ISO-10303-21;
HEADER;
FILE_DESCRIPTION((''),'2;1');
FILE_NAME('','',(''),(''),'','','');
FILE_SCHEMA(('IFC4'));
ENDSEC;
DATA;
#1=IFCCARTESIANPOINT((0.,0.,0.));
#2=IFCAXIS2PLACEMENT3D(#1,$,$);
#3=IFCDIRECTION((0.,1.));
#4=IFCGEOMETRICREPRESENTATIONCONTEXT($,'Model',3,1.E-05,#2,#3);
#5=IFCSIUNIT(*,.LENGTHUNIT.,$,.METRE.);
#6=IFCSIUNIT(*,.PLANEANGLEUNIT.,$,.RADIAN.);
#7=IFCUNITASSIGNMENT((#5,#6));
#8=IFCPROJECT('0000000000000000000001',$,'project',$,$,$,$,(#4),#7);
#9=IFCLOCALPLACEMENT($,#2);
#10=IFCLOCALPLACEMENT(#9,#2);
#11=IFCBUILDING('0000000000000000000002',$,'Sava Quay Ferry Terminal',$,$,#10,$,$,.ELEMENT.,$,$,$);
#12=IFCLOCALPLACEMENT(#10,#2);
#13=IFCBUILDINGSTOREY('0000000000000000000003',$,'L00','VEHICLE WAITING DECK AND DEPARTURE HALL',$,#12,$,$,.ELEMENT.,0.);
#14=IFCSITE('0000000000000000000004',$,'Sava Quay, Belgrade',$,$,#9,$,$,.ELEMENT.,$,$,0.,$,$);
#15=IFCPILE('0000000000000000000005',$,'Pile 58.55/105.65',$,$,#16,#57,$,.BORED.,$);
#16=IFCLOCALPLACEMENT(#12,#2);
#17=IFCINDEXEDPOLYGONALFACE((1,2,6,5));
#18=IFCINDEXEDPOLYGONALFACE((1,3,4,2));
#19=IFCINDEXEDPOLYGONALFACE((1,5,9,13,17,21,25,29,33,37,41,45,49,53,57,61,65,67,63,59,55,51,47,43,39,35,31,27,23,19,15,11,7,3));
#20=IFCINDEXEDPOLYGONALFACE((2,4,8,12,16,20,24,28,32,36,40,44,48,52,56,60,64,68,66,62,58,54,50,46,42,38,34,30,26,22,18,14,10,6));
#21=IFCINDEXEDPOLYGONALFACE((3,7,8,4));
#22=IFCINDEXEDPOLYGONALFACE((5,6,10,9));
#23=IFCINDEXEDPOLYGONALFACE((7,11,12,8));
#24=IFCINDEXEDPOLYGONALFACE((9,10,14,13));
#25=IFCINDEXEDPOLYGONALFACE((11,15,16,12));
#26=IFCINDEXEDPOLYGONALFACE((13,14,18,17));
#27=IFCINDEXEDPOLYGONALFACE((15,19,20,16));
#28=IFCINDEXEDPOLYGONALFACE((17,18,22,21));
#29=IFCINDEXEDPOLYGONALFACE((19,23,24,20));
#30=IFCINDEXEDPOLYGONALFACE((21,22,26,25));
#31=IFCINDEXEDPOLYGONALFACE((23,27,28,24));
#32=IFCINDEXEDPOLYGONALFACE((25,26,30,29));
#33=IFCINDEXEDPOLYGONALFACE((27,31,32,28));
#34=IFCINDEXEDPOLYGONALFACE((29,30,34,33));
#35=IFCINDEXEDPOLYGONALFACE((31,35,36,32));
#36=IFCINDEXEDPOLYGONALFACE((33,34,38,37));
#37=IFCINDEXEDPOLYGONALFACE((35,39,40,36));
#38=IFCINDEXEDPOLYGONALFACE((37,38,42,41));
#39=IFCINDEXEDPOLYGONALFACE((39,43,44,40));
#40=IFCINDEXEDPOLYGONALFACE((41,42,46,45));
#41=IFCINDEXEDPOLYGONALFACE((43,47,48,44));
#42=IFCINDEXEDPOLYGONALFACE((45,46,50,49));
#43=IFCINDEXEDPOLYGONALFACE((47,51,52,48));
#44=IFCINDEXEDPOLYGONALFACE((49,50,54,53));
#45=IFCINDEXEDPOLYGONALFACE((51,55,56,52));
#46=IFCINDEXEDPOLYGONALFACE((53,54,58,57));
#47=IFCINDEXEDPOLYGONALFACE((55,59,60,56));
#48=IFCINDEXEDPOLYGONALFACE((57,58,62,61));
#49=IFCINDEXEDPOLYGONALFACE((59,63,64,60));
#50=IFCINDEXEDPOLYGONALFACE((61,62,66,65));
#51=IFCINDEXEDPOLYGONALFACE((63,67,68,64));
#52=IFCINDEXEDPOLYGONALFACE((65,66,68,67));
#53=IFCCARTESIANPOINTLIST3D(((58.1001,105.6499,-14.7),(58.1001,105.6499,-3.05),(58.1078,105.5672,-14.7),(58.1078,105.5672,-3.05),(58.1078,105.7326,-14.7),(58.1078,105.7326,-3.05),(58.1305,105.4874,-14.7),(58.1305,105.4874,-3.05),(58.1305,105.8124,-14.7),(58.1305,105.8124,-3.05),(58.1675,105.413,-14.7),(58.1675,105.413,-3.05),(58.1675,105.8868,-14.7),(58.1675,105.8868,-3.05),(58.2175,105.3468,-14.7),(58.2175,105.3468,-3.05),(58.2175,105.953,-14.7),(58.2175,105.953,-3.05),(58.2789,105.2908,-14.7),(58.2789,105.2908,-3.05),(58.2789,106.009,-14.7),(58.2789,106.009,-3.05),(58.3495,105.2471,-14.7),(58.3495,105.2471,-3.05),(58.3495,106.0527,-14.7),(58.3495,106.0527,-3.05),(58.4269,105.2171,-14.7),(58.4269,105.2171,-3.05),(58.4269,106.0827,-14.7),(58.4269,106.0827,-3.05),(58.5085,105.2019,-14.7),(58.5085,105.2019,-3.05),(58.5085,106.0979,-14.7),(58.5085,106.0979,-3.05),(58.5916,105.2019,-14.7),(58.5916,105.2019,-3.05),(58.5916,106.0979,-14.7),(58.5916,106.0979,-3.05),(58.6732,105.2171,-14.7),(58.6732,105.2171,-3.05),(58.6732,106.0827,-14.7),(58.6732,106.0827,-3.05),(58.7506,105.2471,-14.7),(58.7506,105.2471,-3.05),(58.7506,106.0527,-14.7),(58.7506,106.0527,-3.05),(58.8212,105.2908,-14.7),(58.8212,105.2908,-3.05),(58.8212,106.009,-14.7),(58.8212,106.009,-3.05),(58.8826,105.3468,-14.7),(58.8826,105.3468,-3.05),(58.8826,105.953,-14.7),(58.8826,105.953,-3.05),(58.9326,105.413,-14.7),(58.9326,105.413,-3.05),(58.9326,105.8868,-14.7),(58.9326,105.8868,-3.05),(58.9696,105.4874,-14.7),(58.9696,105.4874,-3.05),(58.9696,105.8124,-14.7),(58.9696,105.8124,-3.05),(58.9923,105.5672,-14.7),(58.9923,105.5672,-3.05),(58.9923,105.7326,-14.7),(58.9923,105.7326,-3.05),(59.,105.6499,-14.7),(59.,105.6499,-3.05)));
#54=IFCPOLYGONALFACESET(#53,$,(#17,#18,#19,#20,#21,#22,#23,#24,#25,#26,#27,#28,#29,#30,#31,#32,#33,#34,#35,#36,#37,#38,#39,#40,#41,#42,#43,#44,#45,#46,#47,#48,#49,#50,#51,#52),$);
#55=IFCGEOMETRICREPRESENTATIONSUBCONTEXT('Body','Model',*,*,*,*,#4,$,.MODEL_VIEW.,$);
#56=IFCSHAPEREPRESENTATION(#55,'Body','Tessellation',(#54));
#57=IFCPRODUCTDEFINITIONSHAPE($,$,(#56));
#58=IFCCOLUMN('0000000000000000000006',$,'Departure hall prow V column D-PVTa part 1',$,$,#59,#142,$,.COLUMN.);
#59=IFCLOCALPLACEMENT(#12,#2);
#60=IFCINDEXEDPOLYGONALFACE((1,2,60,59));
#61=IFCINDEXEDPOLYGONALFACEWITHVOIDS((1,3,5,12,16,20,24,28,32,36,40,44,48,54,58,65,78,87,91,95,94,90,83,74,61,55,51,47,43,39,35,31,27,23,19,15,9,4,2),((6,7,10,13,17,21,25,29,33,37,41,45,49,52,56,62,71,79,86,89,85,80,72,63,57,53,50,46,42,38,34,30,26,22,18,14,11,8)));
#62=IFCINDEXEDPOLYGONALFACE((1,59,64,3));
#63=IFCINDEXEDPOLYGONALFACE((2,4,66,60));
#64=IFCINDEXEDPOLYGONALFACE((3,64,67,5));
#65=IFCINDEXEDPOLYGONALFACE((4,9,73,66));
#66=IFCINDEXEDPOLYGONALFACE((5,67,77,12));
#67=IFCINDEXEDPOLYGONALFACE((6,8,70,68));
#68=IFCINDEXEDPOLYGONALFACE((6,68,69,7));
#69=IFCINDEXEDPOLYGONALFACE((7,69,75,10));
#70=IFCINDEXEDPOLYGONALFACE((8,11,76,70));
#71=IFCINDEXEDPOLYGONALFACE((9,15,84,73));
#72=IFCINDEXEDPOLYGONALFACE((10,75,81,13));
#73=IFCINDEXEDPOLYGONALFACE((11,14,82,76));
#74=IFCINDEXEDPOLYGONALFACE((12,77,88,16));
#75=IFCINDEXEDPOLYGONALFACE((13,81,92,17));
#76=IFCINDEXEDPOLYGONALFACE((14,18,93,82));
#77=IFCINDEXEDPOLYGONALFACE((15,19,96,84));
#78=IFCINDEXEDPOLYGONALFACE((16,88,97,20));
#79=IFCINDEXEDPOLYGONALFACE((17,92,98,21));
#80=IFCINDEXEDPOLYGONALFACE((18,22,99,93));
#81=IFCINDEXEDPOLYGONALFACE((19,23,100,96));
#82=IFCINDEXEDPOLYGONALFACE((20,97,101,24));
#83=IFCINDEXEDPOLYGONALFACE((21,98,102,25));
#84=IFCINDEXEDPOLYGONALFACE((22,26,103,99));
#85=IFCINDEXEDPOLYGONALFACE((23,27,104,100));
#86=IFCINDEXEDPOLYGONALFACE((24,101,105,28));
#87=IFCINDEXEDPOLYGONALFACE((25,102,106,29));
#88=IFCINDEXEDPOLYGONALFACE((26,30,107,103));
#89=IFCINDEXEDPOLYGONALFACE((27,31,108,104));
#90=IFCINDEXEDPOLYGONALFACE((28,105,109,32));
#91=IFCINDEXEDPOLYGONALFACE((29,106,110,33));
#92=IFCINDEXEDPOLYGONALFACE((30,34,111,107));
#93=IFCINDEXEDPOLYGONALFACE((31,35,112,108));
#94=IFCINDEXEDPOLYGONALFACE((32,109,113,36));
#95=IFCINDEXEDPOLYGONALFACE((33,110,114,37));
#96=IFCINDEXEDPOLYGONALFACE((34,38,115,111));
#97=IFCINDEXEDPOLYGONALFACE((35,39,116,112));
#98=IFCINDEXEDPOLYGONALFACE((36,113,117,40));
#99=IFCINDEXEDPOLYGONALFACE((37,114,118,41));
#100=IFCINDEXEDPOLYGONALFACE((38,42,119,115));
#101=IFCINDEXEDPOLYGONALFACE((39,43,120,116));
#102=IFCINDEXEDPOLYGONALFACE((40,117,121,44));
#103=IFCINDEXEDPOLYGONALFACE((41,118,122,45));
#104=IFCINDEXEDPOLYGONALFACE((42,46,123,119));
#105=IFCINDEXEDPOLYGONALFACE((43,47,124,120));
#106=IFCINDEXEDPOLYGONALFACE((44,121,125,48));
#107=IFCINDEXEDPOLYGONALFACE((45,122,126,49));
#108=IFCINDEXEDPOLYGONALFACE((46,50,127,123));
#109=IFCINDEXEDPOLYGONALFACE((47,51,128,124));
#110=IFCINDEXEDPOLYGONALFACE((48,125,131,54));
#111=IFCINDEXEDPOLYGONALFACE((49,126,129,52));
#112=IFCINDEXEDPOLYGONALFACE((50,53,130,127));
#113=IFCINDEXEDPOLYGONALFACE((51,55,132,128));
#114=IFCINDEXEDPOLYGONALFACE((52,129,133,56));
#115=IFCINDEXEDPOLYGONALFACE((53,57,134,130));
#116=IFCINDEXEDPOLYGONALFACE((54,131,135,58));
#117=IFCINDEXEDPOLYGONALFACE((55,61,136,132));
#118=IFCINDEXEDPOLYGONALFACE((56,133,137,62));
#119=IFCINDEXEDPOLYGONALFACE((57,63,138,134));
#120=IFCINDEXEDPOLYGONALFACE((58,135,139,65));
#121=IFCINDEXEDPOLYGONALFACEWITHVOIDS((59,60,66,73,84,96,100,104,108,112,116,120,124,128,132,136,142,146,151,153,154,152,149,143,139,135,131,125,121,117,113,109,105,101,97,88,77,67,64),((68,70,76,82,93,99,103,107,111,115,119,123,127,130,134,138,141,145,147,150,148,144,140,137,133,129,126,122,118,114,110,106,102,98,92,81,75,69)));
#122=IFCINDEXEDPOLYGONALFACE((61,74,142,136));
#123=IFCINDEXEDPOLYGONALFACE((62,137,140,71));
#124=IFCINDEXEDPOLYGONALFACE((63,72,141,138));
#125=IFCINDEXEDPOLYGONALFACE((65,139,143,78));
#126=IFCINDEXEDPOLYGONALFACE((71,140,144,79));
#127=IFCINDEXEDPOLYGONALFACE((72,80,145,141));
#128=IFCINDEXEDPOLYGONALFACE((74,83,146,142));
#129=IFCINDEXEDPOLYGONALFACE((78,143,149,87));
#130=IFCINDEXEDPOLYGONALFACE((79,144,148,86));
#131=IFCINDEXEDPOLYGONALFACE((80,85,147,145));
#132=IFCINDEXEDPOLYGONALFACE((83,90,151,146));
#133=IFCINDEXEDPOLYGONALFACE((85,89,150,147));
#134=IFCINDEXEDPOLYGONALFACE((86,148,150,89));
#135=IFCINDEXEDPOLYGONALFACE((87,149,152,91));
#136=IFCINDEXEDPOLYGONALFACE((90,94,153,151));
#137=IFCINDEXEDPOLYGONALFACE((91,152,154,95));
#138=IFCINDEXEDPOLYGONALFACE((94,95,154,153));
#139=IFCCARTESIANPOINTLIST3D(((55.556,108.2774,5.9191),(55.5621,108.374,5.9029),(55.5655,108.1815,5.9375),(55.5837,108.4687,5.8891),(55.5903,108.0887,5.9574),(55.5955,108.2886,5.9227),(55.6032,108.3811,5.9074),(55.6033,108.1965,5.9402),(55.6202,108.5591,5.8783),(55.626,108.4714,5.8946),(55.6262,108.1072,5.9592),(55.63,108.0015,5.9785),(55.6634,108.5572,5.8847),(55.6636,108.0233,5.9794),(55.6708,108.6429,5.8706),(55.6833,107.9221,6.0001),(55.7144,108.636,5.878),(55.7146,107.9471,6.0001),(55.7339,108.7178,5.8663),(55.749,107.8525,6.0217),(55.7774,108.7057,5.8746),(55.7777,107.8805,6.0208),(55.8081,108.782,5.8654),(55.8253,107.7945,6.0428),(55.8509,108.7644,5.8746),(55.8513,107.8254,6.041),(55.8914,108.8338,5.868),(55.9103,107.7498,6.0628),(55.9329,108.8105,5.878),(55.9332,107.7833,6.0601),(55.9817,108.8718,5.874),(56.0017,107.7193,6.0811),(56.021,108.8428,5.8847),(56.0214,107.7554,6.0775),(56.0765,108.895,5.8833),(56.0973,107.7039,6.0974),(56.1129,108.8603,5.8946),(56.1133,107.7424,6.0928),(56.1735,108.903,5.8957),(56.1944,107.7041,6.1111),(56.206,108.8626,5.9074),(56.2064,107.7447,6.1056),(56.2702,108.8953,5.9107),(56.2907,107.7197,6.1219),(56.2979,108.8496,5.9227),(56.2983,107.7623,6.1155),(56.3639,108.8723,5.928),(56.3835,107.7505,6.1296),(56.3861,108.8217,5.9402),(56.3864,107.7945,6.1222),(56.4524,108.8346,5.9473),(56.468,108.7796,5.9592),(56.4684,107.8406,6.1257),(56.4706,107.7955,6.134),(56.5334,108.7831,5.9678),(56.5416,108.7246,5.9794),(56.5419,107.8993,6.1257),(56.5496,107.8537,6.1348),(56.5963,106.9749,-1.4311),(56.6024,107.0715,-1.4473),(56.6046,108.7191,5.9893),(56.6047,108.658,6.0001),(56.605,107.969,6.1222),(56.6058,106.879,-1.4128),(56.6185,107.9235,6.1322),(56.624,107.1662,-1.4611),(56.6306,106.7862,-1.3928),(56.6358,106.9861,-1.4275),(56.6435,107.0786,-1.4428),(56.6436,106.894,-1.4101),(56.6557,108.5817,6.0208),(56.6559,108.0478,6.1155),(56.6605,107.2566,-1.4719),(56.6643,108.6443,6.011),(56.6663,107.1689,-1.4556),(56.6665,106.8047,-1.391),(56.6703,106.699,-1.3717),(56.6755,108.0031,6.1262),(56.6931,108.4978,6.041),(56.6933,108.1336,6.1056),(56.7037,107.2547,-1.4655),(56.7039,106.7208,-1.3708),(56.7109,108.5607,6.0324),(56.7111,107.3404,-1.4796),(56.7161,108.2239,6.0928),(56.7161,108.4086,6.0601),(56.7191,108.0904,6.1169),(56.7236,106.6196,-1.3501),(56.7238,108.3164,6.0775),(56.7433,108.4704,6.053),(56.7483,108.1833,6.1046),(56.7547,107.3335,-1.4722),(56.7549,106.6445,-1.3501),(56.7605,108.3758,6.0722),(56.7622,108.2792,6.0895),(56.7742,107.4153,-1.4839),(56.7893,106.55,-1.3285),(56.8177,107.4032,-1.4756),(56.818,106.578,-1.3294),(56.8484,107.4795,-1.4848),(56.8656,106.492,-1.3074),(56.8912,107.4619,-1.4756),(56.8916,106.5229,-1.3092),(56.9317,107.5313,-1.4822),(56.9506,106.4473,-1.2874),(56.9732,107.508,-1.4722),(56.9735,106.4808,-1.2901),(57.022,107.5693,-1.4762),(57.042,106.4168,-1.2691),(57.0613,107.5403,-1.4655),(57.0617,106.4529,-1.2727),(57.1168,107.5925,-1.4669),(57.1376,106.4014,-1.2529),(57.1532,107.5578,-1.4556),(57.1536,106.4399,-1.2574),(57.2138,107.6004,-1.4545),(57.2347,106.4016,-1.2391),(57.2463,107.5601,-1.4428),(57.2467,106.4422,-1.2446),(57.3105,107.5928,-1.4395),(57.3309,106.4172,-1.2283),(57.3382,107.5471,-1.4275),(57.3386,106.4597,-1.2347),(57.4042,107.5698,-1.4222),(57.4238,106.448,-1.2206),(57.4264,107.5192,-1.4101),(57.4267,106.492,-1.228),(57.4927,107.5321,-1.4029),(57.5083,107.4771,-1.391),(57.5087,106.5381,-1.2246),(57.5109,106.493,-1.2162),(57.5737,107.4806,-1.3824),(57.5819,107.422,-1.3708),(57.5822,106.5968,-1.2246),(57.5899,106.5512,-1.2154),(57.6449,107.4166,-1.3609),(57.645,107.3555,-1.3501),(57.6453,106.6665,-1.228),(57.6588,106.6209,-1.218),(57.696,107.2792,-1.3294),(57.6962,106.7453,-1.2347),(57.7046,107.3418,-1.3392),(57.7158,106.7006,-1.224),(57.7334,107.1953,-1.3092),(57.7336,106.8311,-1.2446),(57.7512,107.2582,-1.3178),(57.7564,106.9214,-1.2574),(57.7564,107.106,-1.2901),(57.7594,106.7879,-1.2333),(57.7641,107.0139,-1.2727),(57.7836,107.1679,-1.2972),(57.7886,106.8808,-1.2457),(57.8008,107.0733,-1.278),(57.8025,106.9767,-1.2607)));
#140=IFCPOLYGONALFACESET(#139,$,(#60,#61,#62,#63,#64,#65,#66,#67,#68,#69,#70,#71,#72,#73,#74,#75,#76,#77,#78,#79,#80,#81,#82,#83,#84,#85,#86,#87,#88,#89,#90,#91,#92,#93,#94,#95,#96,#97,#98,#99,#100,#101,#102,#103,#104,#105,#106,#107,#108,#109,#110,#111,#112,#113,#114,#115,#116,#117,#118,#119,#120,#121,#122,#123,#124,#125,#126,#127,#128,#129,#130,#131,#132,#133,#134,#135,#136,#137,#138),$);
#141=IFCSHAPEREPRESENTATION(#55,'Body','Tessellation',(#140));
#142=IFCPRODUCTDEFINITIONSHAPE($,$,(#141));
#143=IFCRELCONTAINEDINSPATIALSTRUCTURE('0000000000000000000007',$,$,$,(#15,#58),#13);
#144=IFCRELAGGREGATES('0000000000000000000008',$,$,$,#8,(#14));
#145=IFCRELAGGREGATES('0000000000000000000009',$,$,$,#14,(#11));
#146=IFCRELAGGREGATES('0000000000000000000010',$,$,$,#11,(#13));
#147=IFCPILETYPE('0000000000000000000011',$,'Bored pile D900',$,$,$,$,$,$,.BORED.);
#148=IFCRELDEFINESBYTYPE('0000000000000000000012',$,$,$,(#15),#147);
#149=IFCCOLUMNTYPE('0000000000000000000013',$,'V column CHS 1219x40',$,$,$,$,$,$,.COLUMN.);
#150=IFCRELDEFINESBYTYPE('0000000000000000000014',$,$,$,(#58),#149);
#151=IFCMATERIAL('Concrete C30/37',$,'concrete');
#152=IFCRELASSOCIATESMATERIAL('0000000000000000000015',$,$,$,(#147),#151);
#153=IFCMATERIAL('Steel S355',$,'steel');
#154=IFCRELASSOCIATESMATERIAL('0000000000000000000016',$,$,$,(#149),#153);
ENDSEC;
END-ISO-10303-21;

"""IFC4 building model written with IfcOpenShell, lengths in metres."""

from ifc_helpers import new_model, si_unit, direction, frame, origin, origin_2d, place, context, subcontext, project, spatial, circle, hollow_circle, extrude, material, material_profile, profile_set, type_object, element, save


model = new_model("IFC4")

# Units and contexts
model_context = context("Model", 3, precision=1e-05, world=origin(), true_north=direction((0.0, 1.0)))
body_context = subcontext(model_context, "Body", "Model", "MODEL_VIEW")
ifc_project = project(units=[si_unit("LENGTHUNIT", "METRE"), si_unit("PLANEANGLEUNIT", "RADIAN")], contexts=[model_context])

# Site, building, storey
site_placement = place(None, origin())
site = spatial("IfcSite", under=ifc_project, at=site_placement, Name="Sava Quay, Belgrade", CompositionType="ELEMENT", RefElevation=0.0)
building_placement = place(site_placement, origin())
building = spatial("IfcBuilding", under=site, at=building_placement, Name="Sava Quay Ferry Terminal", CompositionType="ELEMENT")
storey_placement = place(building_placement, origin())
storey = spatial("IfcBuildingStorey", under=building, at=storey_placement, Name="L00", Description="VEHICLE WAITING DECK AND DEPARTURE HALL", CompositionType="ELEMENT", Elevation=0.0)

# Pile
ifc_material_1 = material(Name="Concrete C30/37", Category="concrete")
ifc_material_profile_1 = material_profile(ifc_material_1, circle(Radius=0.45, at=origin_2d()), Name="Bored pile D900")
ifc_profile_set_1 = profile_set([ifc_material_profile_1], Name="Concrete C30/37")
pile_type = type_object("IfcPileType", Name="Bored pile D900", PredefinedType="BORED", material=ifc_profile_set_1)
for number, where, z_axis, x_axis, name in (
    (1, (58.55, 105.6499, -3.05), (0.0, 0.0, -1.0), (1.0, 0.0, 0.0), "Pile 58.55/105.65"),
):
    element("IfcPile", number, at=place(storey_placement, frame(where, z_axis=z_axis, x_axis=x_axis)), inside=storey, type_object=pile_type, Name=name, PredefinedType="BORED", context=body_context, shape_type="SweptSolid", body=[
        extrude(circle(Radius=0.45, at=origin_2d()), origin(), (0.0, 0.0, 1.0), 11.6499),
    ])

# Column
ifc_material_2 = material(Name="Steel S355", Category="steel")
ifc_material_profile_2 = material_profile(ifc_material_2, hollow_circle(Radius=0.6096, WallThickness=0.04, at=origin_2d()), Name="CHS 1219 x 40.0")
ifc_profile_set_2 = profile_set([ifc_material_profile_2], Name="Steel S355")
column_type_1 = type_object("IfcColumnType", Name="V column CHS 1219x40", PredefinedType="COLUMN", material=ifc_profile_set_2)
column_1_placement = place(storey_placement, frame((57.2, 107.0, -1.3501), z_axis=(-0.138028, 0.172819, 0.975234), x_axis=(-0.781369, -0.62407, 0.0)))
element("IfcColumn", 2, at=column_1_placement, inside=storey, type_object=column_type_1, Name="Departure hall prow V column D-PVTa part 1", PredefinedType="COLUMN", context=body_context, shape_type="SweptSolid", body=[
    extrude(hollow_circle(Radius=0.6096, WallThickness=0.04, at=origin_2d()), origin(), (0.0, 0.0, 1.0), 7.5369),
])

save(model, "model.ifc")
